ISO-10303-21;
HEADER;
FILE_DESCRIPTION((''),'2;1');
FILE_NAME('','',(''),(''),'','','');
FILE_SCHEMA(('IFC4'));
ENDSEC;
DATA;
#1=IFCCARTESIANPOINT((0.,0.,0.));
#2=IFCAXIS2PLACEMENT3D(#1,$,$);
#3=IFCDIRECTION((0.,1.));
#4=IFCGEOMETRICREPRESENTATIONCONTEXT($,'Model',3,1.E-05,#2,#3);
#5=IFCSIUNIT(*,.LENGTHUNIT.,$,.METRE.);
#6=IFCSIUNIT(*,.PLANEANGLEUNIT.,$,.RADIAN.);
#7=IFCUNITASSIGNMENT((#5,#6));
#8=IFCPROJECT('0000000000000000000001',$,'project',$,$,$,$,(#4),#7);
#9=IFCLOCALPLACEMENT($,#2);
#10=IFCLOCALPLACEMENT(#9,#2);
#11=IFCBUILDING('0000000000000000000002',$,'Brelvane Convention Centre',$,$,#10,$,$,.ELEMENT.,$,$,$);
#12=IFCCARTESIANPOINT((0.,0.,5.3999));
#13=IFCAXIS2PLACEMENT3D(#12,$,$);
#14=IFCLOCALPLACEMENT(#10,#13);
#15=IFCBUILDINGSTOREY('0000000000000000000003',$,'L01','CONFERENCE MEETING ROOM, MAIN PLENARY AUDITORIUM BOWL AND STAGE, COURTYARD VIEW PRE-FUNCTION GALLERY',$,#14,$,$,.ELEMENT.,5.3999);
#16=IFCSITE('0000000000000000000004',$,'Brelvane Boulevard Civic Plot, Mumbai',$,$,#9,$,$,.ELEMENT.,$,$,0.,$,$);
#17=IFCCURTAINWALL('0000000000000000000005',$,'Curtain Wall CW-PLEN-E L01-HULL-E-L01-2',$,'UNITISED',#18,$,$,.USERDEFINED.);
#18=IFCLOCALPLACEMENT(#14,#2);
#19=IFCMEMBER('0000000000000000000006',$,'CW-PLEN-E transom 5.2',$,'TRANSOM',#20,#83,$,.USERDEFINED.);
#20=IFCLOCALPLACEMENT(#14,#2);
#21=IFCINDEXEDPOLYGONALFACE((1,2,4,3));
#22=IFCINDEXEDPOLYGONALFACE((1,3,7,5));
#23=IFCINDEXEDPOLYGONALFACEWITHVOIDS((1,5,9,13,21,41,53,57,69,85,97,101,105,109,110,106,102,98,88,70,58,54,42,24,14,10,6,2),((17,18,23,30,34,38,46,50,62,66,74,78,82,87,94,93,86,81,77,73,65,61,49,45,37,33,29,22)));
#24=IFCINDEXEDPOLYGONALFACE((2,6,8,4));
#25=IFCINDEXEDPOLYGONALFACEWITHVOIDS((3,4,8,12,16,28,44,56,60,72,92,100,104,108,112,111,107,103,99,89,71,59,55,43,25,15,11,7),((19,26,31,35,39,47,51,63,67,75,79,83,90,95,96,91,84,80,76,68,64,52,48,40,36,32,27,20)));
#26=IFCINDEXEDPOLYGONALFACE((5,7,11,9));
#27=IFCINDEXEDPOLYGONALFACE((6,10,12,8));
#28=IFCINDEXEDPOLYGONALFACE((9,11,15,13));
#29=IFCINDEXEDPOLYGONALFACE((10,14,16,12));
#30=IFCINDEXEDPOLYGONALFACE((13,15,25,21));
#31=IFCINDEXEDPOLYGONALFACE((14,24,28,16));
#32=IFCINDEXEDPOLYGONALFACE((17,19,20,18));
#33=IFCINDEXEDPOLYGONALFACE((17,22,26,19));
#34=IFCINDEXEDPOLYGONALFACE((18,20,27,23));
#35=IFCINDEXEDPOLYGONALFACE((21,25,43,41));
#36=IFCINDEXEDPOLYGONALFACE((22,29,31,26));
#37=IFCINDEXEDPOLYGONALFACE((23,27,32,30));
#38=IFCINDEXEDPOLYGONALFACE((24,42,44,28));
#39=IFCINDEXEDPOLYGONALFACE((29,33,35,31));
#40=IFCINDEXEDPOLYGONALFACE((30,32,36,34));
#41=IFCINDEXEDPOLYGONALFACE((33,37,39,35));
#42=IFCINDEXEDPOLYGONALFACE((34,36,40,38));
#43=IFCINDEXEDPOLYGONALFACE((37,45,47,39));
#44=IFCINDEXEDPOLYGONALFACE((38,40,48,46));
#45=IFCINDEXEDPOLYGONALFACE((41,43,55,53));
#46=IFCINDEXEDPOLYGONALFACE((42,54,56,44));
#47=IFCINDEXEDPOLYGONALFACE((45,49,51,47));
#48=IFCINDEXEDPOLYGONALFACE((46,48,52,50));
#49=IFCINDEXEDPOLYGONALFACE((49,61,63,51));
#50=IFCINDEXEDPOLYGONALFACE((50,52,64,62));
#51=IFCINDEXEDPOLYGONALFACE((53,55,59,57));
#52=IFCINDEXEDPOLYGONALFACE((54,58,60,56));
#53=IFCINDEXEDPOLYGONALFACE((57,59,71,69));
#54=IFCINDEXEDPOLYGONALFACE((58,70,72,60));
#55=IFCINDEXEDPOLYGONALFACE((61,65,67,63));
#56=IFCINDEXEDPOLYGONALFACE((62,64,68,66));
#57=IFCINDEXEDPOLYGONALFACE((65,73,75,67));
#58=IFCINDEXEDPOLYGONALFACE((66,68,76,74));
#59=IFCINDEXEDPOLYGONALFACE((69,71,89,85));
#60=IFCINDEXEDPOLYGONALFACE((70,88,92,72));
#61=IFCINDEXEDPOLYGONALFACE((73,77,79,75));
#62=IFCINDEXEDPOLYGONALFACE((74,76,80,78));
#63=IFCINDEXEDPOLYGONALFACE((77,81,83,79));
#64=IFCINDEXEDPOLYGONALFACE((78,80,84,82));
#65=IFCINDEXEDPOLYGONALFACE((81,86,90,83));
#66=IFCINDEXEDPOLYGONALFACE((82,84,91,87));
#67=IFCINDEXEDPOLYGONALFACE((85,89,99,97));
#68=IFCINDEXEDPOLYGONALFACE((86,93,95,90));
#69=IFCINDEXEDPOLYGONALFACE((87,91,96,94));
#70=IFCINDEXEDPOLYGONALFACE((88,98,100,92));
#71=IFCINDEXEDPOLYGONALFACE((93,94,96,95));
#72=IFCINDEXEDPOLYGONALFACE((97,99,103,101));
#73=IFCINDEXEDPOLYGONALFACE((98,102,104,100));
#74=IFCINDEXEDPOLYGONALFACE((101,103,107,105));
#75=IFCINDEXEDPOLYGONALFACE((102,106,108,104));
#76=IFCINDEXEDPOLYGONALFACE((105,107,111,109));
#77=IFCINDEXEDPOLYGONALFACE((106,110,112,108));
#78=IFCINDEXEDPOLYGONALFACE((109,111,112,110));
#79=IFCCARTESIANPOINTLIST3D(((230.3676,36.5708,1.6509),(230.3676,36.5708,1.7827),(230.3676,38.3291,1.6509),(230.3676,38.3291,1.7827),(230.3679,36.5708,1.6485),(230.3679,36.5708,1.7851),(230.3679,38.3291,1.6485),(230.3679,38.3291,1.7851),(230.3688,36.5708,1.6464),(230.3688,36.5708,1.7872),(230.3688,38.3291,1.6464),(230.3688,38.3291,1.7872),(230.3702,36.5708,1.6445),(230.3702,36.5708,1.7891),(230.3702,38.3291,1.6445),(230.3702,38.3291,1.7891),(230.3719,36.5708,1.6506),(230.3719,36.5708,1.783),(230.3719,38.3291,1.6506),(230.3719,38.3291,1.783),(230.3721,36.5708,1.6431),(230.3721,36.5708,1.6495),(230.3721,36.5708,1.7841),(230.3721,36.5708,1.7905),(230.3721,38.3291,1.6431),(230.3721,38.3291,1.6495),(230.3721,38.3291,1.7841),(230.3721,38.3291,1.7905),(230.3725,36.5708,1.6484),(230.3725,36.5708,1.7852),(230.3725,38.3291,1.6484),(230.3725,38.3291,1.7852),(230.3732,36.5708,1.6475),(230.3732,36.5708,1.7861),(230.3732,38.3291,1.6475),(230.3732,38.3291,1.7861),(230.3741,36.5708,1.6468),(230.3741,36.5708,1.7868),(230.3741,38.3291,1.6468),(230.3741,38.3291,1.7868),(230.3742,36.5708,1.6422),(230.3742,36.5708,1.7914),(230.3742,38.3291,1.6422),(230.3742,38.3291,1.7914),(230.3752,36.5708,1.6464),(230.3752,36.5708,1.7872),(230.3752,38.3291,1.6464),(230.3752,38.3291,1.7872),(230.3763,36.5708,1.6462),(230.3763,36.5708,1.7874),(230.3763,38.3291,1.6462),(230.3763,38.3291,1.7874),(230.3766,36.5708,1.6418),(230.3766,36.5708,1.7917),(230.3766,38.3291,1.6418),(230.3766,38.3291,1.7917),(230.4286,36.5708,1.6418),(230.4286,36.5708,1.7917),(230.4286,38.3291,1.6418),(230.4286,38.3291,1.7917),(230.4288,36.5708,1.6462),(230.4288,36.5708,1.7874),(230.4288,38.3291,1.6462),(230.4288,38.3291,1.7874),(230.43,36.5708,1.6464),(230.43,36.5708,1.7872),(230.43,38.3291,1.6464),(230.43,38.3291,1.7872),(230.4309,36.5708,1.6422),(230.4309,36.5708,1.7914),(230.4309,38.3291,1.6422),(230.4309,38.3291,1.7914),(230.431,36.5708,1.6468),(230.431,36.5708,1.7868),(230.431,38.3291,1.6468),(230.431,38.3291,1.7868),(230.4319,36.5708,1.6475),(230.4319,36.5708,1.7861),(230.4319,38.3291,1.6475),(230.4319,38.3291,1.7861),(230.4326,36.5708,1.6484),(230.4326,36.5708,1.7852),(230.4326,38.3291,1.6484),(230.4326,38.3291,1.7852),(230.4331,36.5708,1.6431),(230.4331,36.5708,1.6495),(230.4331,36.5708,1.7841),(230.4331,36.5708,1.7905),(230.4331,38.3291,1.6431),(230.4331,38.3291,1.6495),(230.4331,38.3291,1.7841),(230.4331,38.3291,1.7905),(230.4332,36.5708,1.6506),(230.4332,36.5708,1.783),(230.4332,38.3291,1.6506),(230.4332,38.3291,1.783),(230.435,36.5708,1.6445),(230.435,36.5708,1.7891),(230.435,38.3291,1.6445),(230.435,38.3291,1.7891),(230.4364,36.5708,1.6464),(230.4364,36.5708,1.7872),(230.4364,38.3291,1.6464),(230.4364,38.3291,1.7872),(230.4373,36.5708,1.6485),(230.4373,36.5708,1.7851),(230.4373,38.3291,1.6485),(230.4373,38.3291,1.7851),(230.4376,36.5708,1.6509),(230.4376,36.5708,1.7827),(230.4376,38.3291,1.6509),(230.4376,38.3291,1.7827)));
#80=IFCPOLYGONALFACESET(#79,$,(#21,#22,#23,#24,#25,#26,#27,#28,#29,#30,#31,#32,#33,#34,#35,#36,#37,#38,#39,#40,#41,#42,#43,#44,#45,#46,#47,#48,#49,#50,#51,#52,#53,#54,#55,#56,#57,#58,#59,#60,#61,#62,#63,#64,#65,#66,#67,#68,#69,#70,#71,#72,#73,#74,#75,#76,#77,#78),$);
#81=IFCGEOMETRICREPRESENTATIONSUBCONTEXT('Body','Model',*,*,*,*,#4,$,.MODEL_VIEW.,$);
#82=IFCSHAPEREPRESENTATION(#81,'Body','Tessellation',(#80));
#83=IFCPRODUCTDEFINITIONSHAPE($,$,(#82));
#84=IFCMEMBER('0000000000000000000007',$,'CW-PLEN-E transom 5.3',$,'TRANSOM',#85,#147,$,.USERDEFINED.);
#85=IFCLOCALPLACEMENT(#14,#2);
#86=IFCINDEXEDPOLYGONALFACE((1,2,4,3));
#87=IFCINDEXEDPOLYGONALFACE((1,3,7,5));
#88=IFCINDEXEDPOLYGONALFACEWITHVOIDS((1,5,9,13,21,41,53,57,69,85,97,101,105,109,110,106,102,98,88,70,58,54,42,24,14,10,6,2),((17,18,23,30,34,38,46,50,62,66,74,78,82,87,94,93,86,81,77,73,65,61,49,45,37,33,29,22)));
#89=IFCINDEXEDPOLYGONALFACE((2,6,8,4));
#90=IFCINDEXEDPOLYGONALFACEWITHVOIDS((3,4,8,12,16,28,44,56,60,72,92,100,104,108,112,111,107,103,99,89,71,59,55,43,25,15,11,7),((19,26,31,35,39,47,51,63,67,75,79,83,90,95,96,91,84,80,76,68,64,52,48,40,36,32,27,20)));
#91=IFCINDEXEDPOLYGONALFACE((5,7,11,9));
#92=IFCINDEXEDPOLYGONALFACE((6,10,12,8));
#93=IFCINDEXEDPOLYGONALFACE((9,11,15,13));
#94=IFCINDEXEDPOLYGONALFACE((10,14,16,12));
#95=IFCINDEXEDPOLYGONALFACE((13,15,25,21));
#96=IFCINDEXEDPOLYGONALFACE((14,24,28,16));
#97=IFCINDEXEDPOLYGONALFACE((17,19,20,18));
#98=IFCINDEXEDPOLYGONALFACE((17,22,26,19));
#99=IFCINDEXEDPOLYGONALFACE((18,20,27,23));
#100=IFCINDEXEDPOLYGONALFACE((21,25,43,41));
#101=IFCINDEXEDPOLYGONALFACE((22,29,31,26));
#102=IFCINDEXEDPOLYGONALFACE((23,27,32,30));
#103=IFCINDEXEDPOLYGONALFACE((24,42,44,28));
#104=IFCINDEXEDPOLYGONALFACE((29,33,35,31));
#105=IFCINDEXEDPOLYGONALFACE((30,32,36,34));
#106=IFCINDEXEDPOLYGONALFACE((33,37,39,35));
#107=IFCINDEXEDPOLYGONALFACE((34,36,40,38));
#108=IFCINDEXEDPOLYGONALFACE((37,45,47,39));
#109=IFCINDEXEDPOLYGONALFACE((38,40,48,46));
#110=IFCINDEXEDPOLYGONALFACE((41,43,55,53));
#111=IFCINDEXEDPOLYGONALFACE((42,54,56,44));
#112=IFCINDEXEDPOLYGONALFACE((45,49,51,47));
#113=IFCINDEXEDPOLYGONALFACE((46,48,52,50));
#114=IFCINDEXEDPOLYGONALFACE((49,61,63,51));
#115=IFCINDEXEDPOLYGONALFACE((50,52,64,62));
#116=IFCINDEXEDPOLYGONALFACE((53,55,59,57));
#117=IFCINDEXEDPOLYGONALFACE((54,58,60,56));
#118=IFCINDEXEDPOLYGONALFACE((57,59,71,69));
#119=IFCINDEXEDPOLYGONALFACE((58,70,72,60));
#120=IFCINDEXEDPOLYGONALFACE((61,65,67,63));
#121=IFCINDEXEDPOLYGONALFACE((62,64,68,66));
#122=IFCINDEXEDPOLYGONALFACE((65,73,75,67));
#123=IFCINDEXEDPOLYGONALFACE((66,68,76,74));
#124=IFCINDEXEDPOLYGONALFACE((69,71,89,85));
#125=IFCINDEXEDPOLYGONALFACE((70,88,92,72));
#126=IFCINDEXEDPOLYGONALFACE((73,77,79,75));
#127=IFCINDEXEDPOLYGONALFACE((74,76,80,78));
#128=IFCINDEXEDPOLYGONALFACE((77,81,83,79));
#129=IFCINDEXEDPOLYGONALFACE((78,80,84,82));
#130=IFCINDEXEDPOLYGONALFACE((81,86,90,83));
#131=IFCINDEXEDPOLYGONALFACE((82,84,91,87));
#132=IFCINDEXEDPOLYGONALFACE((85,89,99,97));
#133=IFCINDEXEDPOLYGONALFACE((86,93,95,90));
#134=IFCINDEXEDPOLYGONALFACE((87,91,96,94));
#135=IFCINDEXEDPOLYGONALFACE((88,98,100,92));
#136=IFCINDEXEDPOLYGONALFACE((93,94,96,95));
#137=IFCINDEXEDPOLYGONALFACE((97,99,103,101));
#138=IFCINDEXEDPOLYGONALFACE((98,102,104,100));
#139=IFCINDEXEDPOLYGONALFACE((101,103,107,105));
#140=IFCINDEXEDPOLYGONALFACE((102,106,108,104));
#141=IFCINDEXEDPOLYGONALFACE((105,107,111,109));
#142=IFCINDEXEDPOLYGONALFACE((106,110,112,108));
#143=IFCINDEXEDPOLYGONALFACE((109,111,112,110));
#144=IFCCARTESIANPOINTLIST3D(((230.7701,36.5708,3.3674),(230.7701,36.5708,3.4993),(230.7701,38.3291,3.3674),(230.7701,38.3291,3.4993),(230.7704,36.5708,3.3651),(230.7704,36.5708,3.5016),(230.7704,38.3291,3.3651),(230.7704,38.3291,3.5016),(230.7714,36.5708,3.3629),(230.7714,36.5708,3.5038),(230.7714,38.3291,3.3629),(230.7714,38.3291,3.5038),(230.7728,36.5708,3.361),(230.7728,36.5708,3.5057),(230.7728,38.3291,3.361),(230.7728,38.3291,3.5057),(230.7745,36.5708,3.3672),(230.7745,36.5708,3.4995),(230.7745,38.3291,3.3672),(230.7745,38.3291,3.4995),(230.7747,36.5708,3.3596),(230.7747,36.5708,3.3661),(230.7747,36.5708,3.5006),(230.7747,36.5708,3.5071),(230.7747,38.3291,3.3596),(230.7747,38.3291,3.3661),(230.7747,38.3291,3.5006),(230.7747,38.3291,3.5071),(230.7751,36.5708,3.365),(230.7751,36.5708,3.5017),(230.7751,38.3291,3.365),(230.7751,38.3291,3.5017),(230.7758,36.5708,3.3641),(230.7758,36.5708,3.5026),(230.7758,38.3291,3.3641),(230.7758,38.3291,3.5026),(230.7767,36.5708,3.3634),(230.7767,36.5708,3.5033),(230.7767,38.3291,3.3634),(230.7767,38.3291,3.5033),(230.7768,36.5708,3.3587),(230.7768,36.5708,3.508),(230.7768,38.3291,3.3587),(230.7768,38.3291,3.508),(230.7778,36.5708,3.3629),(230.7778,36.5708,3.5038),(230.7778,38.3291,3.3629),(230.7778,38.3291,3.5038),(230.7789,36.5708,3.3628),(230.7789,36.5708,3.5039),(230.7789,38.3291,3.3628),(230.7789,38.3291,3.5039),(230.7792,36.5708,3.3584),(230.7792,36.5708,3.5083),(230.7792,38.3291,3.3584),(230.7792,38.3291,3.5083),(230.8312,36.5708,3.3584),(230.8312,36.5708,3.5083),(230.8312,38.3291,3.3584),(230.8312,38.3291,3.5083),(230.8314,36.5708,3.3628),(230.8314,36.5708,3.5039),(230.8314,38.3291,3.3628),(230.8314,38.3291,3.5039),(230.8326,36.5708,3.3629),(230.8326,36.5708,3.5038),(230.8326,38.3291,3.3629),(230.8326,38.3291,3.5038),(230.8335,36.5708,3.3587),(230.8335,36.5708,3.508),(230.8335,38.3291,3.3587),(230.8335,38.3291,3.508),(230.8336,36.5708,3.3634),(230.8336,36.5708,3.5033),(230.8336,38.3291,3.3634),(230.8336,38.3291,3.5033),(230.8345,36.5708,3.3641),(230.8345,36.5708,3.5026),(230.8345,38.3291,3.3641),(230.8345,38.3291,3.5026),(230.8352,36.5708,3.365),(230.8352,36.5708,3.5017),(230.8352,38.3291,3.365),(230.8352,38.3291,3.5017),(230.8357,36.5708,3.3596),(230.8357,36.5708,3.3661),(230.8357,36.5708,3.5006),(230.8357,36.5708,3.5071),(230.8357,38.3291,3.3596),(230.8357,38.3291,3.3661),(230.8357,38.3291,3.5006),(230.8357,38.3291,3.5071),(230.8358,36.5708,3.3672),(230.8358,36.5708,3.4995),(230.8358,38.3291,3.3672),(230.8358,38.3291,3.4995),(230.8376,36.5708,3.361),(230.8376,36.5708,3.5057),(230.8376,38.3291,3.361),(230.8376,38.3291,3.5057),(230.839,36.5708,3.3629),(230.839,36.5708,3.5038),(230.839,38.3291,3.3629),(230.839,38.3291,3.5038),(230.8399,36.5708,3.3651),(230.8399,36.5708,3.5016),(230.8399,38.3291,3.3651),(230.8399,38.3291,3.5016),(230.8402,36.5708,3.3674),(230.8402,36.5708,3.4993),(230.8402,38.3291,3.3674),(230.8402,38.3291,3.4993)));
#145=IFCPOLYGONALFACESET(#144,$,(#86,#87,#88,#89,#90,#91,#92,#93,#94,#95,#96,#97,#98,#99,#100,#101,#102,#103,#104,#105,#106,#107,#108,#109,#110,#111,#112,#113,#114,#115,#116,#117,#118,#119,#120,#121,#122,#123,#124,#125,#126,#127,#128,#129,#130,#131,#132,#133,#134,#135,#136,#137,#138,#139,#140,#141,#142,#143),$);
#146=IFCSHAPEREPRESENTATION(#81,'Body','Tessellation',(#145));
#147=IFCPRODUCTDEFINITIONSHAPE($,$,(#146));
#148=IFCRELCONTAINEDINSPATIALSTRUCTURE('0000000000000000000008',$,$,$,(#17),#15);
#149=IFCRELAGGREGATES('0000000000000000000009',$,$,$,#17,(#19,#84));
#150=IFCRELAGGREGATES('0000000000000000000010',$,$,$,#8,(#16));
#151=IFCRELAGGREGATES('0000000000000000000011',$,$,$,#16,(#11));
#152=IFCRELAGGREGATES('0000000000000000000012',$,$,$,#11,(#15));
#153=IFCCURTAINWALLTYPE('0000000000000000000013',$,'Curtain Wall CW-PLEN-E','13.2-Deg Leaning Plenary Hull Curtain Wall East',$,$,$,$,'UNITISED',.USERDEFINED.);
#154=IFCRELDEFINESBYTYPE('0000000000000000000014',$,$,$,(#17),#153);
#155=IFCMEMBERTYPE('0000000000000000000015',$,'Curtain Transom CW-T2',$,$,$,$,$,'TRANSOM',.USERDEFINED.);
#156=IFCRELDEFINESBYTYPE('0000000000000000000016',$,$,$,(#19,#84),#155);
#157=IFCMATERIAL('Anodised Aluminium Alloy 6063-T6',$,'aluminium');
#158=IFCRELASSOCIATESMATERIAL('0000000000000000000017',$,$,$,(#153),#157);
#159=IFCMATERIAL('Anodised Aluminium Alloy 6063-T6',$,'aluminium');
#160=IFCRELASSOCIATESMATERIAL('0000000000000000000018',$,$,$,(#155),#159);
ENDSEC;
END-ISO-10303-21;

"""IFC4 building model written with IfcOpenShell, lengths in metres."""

from ifc_helpers import new_model, si_unit, direction, frame, origin, origin_2d, place, context, subcontext, project, spatial, hollow_rectangle, extrude, material, material_profile, profile_set, type_object, element, aggregate, save


model = new_model("IFC4")

# Units and contexts
model_context = context("Model", 3, precision=1e-05, world=origin(), true_north=direction((0.0, 1.0)))
body_context = subcontext(model_context, "Body", "Model", "MODEL_VIEW")
ifc_project = project(units=[si_unit("LENGTHUNIT", "METRE"), si_unit("PLANEANGLEUNIT", "RADIAN")], contexts=[model_context])

# Site, building, storey
site_placement = place(None, origin())
site = spatial("IfcSite", under=ifc_project, at=site_placement, Name="Brelvane Boulevard Civic Plot, Mumbai", CompositionType="ELEMENT", RefElevation=0.0)
building_placement = place(site_placement, origin())
building = spatial("IfcBuilding", under=site, at=building_placement, Name="Brelvane Convention Centre", CompositionType="ELEMENT")
storey_placement = place(building_placement, frame((0.0, 0.0, 5.3999)))
storey = spatial("IfcBuildingStorey", under=building, at=storey_placement, Name="L01", Description="CONFERENCE MEETING ROOM, MAIN PLENARY AUDITORIUM BOWL AND STAGE, COURTYARD VIEW PRE-FUNCTION GALLERY", CompositionType="ELEMENT", Elevation=5.3999)

# Curtain wall, members
ifc_material_1 = material(Name="Anodised Aluminium Alloy 6063-T6", Category="aluminium")
curtain_wall_type = type_object("IfcCurtainWallType", Name="Curtain Wall CW-PLEN-E", Description="13.2-Deg Leaning Plenary Hull Curtain Wall East", ElementType="UNITISED", PredefinedType="USERDEFINED", material=ifc_material_1)
curtain_wall_placement = place(storey_placement, origin())
curtain_wall = element("IfcCurtainWall", 1, at=curtain_wall_placement, inside=storey, type_object=curtain_wall_type, Name="Curtain Wall CW-PLEN-E L01-HULL-E-L01-2", ObjectType="UNITISED", PredefinedType="USERDEFINED")
ifc_material_2 = material(Name="Anodised Aluminium Alloy 6063-T6", Category="aluminium")
ifc_material_profile = material_profile(ifc_material_2, hollow_rectangle(XDim=0.0701, YDim=0.1499, WallThickness=0.0044, InnerFilletRadius=0.0044, OuterFilletRadius=0.009, at=origin_2d()), Name="ALU-T 150x70x4.5")
ifc_profile_set = profile_set([ifc_material_profile], Name="Anodised Aluminium Alloy 6063-T6")
member_type = type_object("IfcMemberType", Name="Curtain Transom CW-T2", ElementType="TRANSOM", PredefinedType="USERDEFINED", material=ifc_profile_set)
member_1_placement = place(storey_placement, frame((230.4026, 36.5708, 1.7168), z_axis=(0.0, 1.0, 0.0), x_axis=(-1.0, 0.0, 0.0)))
member_1 = element("IfcMember", 2, at=member_1_placement, type_object=member_type, Name="CW-PLEN-E transom 5.2", ObjectType="TRANSOM", PredefinedType="USERDEFINED", context=body_context, shape_type="SweptSolid", body=[
    extrude(hollow_rectangle(XDim=0.0701, YDim=0.1499, WallThickness=0.0044, InnerFilletRadius=0.0044, OuterFilletRadius=0.009, at=origin_2d()), origin(), (0.0, 0.0, 1.0), 1.7583),
])
member_2_placement = place(storey_placement, frame((230.8052, 36.5708, 3.4333), z_axis=(0.0, 1.0, 0.0), x_axis=(-1.0, 0.0, 0.0)))
member_2 = element("IfcMember", 3, at=member_2_placement, type_object=member_type, Name="CW-PLEN-E transom 5.3", ObjectType="TRANSOM", PredefinedType="USERDEFINED", context=body_context, shape_type="SweptSolid", body=[
    extrude(hollow_rectangle(XDim=0.0701, YDim=0.1499, WallThickness=0.0044, InnerFilletRadius=0.0044, OuterFilletRadius=0.009, at=origin_2d()), origin(), (0.0, 0.0, 1.0), 1.7583),
])
aggregate(curtain_wall, [member_1, member_2])

save(model, "model.ifc")
